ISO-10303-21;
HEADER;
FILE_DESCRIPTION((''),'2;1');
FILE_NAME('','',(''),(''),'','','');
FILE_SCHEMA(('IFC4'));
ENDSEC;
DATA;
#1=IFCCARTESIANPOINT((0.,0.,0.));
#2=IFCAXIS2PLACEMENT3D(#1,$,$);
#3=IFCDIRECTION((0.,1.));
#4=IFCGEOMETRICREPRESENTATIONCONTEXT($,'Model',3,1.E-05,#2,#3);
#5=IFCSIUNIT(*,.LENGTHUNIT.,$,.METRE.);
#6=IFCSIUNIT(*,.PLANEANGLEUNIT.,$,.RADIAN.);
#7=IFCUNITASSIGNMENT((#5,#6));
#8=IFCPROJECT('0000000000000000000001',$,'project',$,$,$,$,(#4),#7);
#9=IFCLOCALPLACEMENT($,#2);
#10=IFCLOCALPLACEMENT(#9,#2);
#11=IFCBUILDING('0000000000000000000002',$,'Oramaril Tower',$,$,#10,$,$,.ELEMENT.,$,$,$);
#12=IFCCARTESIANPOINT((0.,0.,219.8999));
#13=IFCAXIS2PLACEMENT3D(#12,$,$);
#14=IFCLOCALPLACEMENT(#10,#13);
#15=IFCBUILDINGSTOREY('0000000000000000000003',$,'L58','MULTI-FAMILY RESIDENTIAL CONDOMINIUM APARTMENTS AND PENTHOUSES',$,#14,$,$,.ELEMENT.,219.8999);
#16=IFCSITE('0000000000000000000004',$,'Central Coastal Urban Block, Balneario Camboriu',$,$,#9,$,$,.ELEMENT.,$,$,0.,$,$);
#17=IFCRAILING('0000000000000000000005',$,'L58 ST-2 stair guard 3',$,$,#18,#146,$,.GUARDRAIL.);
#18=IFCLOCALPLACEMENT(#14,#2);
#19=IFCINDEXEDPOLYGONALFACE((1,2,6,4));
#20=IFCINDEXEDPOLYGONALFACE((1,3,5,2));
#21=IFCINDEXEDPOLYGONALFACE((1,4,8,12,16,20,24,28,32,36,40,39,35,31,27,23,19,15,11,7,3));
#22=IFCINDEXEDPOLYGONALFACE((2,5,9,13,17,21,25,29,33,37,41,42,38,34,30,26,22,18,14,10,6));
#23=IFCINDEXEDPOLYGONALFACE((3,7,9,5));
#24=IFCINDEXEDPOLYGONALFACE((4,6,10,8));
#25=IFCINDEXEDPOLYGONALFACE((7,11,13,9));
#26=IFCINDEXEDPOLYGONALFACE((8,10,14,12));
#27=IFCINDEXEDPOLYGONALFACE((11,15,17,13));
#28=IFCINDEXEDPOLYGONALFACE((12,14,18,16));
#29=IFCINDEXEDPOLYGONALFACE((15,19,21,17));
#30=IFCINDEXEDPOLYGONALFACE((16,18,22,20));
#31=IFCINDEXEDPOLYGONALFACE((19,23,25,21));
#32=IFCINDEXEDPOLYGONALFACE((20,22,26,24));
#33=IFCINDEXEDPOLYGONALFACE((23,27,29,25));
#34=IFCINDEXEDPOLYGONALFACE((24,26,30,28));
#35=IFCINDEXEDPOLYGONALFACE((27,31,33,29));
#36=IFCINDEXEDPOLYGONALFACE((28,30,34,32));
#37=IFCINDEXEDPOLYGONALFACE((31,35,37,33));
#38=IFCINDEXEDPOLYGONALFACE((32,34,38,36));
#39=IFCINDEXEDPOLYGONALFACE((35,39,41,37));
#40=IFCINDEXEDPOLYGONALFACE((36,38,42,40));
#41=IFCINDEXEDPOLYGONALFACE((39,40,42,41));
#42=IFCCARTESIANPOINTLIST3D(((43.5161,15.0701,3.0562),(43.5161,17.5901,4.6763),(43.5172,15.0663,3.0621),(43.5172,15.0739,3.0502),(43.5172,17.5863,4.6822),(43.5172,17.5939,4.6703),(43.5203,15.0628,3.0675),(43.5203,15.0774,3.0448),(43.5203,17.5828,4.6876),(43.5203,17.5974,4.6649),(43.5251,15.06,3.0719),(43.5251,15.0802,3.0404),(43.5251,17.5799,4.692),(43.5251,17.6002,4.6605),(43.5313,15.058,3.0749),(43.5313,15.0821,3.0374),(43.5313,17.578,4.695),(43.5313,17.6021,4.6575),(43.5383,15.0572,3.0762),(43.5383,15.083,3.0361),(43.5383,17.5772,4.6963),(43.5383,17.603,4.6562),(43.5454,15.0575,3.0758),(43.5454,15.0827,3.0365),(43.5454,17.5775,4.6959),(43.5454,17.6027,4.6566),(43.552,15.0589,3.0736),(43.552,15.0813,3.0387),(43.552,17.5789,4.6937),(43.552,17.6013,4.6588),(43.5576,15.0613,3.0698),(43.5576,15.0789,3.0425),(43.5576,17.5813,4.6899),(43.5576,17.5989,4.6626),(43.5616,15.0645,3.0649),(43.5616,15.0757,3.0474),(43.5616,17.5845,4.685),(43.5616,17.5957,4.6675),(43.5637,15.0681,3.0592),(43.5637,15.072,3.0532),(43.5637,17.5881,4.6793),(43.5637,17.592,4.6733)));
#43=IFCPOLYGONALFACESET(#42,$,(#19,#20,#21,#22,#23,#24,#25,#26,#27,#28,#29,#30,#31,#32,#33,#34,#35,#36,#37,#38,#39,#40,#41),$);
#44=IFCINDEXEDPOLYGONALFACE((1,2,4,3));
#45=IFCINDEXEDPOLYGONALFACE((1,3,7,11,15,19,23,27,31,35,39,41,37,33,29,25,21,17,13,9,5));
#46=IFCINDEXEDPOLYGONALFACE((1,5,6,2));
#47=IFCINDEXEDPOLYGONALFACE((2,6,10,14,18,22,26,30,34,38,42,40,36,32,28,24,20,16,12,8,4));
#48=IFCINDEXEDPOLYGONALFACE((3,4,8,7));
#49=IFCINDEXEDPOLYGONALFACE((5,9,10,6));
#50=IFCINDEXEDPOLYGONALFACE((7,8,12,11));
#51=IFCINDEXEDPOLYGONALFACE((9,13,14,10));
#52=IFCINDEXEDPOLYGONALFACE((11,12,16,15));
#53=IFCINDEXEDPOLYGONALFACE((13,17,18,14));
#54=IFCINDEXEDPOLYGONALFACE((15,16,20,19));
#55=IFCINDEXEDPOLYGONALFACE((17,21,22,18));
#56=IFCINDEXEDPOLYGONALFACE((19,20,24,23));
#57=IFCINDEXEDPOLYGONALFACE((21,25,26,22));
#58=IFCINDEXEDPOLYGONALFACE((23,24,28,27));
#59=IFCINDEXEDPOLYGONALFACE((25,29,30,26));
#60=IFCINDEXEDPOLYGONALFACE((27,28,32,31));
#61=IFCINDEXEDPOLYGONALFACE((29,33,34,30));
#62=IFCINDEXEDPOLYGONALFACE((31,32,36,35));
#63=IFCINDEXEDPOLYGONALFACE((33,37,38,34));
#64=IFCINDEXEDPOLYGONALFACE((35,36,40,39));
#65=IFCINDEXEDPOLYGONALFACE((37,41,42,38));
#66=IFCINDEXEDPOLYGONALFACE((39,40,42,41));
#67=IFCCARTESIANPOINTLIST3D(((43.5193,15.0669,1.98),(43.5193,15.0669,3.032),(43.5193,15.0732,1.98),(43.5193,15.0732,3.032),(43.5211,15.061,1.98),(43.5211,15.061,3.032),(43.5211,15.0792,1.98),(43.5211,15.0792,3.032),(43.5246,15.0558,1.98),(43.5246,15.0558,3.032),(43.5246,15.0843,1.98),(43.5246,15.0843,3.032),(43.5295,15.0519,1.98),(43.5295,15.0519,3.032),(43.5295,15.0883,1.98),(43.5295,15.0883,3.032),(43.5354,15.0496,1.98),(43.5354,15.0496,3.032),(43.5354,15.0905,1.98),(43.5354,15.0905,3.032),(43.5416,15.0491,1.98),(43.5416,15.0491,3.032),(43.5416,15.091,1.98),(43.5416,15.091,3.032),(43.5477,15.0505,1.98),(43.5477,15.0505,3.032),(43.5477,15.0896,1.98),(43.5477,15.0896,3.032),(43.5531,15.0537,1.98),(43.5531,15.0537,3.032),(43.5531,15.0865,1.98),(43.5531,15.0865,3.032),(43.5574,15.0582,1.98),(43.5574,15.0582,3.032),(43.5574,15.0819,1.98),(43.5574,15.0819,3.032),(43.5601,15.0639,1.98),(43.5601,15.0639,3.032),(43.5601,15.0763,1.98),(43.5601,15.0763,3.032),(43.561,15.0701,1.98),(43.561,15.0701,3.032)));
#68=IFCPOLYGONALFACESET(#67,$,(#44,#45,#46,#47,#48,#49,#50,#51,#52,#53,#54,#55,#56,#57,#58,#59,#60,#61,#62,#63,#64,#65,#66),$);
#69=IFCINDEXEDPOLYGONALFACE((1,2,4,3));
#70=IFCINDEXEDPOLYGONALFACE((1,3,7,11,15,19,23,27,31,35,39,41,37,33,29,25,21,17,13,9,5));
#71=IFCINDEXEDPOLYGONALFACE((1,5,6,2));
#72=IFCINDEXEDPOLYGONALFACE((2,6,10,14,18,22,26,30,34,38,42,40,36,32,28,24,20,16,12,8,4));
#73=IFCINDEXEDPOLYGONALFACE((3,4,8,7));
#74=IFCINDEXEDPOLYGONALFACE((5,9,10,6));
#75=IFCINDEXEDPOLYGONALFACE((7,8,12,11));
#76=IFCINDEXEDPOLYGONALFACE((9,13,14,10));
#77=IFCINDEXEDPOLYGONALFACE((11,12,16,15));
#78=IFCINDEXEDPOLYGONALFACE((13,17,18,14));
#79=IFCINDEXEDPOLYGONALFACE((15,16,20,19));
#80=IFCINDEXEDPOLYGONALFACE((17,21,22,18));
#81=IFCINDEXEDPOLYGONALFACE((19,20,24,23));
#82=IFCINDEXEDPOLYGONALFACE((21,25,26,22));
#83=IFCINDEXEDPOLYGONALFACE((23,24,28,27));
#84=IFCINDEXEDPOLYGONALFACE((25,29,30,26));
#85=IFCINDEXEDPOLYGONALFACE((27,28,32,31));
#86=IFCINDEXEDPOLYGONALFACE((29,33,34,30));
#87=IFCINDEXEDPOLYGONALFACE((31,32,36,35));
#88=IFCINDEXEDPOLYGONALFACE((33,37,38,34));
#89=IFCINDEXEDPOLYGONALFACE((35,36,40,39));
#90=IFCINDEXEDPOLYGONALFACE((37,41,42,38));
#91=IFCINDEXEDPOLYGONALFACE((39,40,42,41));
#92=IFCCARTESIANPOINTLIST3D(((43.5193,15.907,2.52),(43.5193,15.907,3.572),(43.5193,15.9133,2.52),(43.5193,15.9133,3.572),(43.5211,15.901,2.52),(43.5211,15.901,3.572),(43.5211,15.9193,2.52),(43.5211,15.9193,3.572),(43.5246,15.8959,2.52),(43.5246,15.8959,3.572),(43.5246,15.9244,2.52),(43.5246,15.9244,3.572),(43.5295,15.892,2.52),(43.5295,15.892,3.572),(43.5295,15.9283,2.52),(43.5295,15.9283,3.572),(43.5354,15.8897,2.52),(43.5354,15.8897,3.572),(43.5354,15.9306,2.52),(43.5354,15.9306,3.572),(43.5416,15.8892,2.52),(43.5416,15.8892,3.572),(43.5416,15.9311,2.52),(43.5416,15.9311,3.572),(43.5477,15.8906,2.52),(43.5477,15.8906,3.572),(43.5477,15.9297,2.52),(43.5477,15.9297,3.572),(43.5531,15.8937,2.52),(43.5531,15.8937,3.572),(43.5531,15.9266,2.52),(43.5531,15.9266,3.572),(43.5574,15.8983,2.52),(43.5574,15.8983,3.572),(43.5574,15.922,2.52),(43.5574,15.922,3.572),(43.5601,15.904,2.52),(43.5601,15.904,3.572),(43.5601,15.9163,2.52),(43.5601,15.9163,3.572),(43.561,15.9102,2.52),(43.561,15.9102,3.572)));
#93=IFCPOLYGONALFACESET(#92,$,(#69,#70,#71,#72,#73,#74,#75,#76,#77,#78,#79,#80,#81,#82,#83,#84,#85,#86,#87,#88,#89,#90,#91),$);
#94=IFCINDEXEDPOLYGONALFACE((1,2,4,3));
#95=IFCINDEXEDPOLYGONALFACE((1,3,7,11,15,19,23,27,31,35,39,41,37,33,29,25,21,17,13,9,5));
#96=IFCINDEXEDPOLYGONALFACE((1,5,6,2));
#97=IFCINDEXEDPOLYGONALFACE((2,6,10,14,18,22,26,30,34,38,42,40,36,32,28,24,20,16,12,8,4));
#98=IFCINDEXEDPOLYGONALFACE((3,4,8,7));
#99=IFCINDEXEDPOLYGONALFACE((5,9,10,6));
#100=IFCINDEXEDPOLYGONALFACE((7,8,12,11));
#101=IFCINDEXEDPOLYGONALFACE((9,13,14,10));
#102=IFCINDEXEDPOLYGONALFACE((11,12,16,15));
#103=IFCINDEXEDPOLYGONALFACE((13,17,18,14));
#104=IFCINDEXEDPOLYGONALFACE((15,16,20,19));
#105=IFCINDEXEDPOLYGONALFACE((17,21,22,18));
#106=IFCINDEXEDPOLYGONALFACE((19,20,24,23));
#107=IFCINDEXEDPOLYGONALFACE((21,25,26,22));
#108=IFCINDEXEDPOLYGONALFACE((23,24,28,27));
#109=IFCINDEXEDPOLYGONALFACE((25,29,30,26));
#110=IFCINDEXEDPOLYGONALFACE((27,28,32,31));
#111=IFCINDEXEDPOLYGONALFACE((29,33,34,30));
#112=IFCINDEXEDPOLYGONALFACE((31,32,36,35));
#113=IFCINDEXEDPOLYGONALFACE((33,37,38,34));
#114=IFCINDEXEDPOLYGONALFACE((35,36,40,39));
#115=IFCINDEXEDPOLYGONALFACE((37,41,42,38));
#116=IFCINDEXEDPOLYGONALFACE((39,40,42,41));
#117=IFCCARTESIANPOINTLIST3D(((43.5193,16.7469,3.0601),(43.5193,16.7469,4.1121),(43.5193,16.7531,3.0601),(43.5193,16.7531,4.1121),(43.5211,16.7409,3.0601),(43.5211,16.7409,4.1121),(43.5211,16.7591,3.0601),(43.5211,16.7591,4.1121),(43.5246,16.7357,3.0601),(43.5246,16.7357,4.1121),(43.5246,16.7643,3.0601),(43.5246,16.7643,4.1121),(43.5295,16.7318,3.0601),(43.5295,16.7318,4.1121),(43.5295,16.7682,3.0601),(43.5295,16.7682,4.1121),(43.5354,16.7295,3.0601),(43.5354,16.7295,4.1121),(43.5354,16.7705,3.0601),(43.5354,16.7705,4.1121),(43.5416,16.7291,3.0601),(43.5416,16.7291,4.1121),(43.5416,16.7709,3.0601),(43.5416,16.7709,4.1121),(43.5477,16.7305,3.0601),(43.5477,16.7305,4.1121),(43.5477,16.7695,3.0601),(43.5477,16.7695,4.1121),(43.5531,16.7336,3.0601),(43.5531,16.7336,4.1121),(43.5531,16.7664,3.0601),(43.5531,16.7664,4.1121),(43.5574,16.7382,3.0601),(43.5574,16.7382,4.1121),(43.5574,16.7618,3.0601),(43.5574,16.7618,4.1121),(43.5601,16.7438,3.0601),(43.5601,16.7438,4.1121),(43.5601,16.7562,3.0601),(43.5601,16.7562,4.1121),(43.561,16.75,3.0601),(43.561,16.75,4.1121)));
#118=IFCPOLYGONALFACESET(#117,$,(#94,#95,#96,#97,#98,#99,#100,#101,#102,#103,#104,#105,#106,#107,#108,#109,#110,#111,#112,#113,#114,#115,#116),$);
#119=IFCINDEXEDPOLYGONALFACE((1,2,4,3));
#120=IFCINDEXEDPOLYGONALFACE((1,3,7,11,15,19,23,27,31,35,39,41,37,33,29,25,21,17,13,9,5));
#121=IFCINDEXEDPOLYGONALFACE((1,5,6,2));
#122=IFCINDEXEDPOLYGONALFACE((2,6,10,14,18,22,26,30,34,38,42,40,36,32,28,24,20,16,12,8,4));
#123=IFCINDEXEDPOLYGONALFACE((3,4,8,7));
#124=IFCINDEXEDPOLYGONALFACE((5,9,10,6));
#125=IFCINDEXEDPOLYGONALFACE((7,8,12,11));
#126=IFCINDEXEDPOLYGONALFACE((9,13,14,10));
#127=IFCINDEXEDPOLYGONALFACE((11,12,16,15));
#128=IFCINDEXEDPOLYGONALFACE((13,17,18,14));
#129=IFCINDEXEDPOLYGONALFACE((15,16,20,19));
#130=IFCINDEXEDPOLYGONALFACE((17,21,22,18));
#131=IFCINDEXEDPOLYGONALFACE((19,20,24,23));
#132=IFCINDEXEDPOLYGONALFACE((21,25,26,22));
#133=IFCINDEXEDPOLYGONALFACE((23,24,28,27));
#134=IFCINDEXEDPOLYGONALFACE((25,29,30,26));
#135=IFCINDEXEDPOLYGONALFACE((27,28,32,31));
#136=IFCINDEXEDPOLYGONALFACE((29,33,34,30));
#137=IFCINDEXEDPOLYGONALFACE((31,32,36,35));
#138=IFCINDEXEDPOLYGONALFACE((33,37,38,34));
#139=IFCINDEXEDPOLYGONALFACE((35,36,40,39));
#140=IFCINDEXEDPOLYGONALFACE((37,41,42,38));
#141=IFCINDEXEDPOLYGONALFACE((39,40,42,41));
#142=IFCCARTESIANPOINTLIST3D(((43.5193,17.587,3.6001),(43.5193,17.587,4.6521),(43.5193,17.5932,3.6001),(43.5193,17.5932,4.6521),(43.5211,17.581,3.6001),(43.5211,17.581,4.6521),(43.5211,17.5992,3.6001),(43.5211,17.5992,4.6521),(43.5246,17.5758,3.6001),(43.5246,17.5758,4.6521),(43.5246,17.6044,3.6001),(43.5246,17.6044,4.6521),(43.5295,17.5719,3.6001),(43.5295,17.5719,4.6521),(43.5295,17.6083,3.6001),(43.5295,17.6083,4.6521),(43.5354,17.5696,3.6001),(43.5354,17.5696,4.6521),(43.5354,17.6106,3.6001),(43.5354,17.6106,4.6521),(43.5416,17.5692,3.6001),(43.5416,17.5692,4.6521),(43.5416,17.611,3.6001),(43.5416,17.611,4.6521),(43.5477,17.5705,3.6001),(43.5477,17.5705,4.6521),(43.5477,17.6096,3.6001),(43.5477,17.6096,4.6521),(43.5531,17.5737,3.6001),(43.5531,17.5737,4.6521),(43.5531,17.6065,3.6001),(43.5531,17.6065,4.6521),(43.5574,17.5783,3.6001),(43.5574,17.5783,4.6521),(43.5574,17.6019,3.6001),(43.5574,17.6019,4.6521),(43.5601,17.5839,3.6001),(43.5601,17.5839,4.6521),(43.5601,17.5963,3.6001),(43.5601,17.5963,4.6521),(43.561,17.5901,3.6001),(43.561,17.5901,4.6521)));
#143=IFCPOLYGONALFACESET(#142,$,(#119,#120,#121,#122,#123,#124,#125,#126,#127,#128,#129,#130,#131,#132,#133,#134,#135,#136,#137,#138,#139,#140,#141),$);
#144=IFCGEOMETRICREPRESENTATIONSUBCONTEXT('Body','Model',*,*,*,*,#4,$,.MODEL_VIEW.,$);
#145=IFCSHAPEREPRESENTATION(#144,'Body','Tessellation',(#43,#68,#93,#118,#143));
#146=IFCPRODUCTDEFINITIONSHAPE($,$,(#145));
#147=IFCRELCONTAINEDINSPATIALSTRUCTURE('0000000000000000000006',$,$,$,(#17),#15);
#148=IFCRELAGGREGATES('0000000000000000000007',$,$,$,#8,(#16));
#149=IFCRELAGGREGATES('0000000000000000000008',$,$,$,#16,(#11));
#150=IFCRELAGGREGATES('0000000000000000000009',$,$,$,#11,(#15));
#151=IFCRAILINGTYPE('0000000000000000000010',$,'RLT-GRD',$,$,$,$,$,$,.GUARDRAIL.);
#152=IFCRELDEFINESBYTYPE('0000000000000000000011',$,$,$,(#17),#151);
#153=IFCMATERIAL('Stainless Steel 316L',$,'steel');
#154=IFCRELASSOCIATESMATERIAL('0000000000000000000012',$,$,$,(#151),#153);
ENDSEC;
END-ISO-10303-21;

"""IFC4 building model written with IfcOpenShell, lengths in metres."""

from ifc_helpers import new_model, si_unit, direction, frame, origin, origin_2d, place, context, subcontext, project, spatial, circle, extrude, material, type_object, element, save


model = new_model("IFC4")

# Units and contexts
model_context = context("Model", 3, precision=1e-05, world=origin(), true_north=direction((0.0, 1.0)))
body_context = subcontext(model_context, "Body", "Model", "MODEL_VIEW")
ifc_project = project(units=[si_unit("LENGTHUNIT", "METRE"), si_unit("PLANEANGLEUNIT", "RADIAN")], contexts=[model_context])

# Site, building, storey
site_placement = place(None, origin())
site = spatial("IfcSite", under=ifc_project, at=site_placement, Name="Central Coastal Urban Block, Balneario Camboriu", CompositionType="ELEMENT", RefElevation=0.0)
building_placement = place(site_placement, origin())
building = spatial("IfcBuilding", under=site, at=building_placement, Name="Oramaril Tower", CompositionType="ELEMENT")
storey_placement = place(building_placement, frame((0.0, 0.0, 219.8999)))
storey = spatial("IfcBuildingStorey", under=building, at=storey_placement, Name="L58", Description="MULTI-FAMILY RESIDENTIAL CONDOMINIUM APARTMENTS AND PENTHOUSES", CompositionType="ELEMENT", Elevation=219.8999)

# Railing
ifc_material_1 = material(Name="Stainless Steel 316L", Category="steel")
railing_type_1 = type_object("IfcRailingType", Name="RLT-GRD", PredefinedType="GUARDRAIL", material=ifc_material_1)
railing_1_placement = place(storey_placement, frame((43.54, 15.0701, 1.98)))
element("IfcRailing", 1, at=railing_1_placement, inside=storey, type_object=railing_type_1, Name="L58 ST-2 stair guard 3", PredefinedType="GUARDRAIL", context=body_context, shape_type="SweptSolid", body=[
    extrude(circle(Radius=0.0239, at=origin_2d()), frame((0.0, 0.0, 1.0762), z_axis=(0.0, 0.841163, 0.540782), x_axis=(-1.0, 0.0, 0.0)), (0.0, 0.0, 1.0), 2.9958),
    extrude(circle(Radius=0.021, at=origin_2d()), origin(), (0.0, 0.0, 1.0), 1.052),
    extrude(circle(Radius=0.021, at=origin_2d()), frame((0.0, 0.8401, 0.54)), (0.0, 0.0, 1.0), 1.052),
    extrude(circle(Radius=0.021, at=origin_2d()), frame((0.0, 1.6799, 1.0801)), (0.0, 0.0, 1.0), 1.052),
    extrude(circle(Radius=0.021, at=origin_2d()), frame((0.0, 2.52, 1.6201)), (0.0, 0.0, 1.0), 1.052),
])

save(model, "model.ifc")
